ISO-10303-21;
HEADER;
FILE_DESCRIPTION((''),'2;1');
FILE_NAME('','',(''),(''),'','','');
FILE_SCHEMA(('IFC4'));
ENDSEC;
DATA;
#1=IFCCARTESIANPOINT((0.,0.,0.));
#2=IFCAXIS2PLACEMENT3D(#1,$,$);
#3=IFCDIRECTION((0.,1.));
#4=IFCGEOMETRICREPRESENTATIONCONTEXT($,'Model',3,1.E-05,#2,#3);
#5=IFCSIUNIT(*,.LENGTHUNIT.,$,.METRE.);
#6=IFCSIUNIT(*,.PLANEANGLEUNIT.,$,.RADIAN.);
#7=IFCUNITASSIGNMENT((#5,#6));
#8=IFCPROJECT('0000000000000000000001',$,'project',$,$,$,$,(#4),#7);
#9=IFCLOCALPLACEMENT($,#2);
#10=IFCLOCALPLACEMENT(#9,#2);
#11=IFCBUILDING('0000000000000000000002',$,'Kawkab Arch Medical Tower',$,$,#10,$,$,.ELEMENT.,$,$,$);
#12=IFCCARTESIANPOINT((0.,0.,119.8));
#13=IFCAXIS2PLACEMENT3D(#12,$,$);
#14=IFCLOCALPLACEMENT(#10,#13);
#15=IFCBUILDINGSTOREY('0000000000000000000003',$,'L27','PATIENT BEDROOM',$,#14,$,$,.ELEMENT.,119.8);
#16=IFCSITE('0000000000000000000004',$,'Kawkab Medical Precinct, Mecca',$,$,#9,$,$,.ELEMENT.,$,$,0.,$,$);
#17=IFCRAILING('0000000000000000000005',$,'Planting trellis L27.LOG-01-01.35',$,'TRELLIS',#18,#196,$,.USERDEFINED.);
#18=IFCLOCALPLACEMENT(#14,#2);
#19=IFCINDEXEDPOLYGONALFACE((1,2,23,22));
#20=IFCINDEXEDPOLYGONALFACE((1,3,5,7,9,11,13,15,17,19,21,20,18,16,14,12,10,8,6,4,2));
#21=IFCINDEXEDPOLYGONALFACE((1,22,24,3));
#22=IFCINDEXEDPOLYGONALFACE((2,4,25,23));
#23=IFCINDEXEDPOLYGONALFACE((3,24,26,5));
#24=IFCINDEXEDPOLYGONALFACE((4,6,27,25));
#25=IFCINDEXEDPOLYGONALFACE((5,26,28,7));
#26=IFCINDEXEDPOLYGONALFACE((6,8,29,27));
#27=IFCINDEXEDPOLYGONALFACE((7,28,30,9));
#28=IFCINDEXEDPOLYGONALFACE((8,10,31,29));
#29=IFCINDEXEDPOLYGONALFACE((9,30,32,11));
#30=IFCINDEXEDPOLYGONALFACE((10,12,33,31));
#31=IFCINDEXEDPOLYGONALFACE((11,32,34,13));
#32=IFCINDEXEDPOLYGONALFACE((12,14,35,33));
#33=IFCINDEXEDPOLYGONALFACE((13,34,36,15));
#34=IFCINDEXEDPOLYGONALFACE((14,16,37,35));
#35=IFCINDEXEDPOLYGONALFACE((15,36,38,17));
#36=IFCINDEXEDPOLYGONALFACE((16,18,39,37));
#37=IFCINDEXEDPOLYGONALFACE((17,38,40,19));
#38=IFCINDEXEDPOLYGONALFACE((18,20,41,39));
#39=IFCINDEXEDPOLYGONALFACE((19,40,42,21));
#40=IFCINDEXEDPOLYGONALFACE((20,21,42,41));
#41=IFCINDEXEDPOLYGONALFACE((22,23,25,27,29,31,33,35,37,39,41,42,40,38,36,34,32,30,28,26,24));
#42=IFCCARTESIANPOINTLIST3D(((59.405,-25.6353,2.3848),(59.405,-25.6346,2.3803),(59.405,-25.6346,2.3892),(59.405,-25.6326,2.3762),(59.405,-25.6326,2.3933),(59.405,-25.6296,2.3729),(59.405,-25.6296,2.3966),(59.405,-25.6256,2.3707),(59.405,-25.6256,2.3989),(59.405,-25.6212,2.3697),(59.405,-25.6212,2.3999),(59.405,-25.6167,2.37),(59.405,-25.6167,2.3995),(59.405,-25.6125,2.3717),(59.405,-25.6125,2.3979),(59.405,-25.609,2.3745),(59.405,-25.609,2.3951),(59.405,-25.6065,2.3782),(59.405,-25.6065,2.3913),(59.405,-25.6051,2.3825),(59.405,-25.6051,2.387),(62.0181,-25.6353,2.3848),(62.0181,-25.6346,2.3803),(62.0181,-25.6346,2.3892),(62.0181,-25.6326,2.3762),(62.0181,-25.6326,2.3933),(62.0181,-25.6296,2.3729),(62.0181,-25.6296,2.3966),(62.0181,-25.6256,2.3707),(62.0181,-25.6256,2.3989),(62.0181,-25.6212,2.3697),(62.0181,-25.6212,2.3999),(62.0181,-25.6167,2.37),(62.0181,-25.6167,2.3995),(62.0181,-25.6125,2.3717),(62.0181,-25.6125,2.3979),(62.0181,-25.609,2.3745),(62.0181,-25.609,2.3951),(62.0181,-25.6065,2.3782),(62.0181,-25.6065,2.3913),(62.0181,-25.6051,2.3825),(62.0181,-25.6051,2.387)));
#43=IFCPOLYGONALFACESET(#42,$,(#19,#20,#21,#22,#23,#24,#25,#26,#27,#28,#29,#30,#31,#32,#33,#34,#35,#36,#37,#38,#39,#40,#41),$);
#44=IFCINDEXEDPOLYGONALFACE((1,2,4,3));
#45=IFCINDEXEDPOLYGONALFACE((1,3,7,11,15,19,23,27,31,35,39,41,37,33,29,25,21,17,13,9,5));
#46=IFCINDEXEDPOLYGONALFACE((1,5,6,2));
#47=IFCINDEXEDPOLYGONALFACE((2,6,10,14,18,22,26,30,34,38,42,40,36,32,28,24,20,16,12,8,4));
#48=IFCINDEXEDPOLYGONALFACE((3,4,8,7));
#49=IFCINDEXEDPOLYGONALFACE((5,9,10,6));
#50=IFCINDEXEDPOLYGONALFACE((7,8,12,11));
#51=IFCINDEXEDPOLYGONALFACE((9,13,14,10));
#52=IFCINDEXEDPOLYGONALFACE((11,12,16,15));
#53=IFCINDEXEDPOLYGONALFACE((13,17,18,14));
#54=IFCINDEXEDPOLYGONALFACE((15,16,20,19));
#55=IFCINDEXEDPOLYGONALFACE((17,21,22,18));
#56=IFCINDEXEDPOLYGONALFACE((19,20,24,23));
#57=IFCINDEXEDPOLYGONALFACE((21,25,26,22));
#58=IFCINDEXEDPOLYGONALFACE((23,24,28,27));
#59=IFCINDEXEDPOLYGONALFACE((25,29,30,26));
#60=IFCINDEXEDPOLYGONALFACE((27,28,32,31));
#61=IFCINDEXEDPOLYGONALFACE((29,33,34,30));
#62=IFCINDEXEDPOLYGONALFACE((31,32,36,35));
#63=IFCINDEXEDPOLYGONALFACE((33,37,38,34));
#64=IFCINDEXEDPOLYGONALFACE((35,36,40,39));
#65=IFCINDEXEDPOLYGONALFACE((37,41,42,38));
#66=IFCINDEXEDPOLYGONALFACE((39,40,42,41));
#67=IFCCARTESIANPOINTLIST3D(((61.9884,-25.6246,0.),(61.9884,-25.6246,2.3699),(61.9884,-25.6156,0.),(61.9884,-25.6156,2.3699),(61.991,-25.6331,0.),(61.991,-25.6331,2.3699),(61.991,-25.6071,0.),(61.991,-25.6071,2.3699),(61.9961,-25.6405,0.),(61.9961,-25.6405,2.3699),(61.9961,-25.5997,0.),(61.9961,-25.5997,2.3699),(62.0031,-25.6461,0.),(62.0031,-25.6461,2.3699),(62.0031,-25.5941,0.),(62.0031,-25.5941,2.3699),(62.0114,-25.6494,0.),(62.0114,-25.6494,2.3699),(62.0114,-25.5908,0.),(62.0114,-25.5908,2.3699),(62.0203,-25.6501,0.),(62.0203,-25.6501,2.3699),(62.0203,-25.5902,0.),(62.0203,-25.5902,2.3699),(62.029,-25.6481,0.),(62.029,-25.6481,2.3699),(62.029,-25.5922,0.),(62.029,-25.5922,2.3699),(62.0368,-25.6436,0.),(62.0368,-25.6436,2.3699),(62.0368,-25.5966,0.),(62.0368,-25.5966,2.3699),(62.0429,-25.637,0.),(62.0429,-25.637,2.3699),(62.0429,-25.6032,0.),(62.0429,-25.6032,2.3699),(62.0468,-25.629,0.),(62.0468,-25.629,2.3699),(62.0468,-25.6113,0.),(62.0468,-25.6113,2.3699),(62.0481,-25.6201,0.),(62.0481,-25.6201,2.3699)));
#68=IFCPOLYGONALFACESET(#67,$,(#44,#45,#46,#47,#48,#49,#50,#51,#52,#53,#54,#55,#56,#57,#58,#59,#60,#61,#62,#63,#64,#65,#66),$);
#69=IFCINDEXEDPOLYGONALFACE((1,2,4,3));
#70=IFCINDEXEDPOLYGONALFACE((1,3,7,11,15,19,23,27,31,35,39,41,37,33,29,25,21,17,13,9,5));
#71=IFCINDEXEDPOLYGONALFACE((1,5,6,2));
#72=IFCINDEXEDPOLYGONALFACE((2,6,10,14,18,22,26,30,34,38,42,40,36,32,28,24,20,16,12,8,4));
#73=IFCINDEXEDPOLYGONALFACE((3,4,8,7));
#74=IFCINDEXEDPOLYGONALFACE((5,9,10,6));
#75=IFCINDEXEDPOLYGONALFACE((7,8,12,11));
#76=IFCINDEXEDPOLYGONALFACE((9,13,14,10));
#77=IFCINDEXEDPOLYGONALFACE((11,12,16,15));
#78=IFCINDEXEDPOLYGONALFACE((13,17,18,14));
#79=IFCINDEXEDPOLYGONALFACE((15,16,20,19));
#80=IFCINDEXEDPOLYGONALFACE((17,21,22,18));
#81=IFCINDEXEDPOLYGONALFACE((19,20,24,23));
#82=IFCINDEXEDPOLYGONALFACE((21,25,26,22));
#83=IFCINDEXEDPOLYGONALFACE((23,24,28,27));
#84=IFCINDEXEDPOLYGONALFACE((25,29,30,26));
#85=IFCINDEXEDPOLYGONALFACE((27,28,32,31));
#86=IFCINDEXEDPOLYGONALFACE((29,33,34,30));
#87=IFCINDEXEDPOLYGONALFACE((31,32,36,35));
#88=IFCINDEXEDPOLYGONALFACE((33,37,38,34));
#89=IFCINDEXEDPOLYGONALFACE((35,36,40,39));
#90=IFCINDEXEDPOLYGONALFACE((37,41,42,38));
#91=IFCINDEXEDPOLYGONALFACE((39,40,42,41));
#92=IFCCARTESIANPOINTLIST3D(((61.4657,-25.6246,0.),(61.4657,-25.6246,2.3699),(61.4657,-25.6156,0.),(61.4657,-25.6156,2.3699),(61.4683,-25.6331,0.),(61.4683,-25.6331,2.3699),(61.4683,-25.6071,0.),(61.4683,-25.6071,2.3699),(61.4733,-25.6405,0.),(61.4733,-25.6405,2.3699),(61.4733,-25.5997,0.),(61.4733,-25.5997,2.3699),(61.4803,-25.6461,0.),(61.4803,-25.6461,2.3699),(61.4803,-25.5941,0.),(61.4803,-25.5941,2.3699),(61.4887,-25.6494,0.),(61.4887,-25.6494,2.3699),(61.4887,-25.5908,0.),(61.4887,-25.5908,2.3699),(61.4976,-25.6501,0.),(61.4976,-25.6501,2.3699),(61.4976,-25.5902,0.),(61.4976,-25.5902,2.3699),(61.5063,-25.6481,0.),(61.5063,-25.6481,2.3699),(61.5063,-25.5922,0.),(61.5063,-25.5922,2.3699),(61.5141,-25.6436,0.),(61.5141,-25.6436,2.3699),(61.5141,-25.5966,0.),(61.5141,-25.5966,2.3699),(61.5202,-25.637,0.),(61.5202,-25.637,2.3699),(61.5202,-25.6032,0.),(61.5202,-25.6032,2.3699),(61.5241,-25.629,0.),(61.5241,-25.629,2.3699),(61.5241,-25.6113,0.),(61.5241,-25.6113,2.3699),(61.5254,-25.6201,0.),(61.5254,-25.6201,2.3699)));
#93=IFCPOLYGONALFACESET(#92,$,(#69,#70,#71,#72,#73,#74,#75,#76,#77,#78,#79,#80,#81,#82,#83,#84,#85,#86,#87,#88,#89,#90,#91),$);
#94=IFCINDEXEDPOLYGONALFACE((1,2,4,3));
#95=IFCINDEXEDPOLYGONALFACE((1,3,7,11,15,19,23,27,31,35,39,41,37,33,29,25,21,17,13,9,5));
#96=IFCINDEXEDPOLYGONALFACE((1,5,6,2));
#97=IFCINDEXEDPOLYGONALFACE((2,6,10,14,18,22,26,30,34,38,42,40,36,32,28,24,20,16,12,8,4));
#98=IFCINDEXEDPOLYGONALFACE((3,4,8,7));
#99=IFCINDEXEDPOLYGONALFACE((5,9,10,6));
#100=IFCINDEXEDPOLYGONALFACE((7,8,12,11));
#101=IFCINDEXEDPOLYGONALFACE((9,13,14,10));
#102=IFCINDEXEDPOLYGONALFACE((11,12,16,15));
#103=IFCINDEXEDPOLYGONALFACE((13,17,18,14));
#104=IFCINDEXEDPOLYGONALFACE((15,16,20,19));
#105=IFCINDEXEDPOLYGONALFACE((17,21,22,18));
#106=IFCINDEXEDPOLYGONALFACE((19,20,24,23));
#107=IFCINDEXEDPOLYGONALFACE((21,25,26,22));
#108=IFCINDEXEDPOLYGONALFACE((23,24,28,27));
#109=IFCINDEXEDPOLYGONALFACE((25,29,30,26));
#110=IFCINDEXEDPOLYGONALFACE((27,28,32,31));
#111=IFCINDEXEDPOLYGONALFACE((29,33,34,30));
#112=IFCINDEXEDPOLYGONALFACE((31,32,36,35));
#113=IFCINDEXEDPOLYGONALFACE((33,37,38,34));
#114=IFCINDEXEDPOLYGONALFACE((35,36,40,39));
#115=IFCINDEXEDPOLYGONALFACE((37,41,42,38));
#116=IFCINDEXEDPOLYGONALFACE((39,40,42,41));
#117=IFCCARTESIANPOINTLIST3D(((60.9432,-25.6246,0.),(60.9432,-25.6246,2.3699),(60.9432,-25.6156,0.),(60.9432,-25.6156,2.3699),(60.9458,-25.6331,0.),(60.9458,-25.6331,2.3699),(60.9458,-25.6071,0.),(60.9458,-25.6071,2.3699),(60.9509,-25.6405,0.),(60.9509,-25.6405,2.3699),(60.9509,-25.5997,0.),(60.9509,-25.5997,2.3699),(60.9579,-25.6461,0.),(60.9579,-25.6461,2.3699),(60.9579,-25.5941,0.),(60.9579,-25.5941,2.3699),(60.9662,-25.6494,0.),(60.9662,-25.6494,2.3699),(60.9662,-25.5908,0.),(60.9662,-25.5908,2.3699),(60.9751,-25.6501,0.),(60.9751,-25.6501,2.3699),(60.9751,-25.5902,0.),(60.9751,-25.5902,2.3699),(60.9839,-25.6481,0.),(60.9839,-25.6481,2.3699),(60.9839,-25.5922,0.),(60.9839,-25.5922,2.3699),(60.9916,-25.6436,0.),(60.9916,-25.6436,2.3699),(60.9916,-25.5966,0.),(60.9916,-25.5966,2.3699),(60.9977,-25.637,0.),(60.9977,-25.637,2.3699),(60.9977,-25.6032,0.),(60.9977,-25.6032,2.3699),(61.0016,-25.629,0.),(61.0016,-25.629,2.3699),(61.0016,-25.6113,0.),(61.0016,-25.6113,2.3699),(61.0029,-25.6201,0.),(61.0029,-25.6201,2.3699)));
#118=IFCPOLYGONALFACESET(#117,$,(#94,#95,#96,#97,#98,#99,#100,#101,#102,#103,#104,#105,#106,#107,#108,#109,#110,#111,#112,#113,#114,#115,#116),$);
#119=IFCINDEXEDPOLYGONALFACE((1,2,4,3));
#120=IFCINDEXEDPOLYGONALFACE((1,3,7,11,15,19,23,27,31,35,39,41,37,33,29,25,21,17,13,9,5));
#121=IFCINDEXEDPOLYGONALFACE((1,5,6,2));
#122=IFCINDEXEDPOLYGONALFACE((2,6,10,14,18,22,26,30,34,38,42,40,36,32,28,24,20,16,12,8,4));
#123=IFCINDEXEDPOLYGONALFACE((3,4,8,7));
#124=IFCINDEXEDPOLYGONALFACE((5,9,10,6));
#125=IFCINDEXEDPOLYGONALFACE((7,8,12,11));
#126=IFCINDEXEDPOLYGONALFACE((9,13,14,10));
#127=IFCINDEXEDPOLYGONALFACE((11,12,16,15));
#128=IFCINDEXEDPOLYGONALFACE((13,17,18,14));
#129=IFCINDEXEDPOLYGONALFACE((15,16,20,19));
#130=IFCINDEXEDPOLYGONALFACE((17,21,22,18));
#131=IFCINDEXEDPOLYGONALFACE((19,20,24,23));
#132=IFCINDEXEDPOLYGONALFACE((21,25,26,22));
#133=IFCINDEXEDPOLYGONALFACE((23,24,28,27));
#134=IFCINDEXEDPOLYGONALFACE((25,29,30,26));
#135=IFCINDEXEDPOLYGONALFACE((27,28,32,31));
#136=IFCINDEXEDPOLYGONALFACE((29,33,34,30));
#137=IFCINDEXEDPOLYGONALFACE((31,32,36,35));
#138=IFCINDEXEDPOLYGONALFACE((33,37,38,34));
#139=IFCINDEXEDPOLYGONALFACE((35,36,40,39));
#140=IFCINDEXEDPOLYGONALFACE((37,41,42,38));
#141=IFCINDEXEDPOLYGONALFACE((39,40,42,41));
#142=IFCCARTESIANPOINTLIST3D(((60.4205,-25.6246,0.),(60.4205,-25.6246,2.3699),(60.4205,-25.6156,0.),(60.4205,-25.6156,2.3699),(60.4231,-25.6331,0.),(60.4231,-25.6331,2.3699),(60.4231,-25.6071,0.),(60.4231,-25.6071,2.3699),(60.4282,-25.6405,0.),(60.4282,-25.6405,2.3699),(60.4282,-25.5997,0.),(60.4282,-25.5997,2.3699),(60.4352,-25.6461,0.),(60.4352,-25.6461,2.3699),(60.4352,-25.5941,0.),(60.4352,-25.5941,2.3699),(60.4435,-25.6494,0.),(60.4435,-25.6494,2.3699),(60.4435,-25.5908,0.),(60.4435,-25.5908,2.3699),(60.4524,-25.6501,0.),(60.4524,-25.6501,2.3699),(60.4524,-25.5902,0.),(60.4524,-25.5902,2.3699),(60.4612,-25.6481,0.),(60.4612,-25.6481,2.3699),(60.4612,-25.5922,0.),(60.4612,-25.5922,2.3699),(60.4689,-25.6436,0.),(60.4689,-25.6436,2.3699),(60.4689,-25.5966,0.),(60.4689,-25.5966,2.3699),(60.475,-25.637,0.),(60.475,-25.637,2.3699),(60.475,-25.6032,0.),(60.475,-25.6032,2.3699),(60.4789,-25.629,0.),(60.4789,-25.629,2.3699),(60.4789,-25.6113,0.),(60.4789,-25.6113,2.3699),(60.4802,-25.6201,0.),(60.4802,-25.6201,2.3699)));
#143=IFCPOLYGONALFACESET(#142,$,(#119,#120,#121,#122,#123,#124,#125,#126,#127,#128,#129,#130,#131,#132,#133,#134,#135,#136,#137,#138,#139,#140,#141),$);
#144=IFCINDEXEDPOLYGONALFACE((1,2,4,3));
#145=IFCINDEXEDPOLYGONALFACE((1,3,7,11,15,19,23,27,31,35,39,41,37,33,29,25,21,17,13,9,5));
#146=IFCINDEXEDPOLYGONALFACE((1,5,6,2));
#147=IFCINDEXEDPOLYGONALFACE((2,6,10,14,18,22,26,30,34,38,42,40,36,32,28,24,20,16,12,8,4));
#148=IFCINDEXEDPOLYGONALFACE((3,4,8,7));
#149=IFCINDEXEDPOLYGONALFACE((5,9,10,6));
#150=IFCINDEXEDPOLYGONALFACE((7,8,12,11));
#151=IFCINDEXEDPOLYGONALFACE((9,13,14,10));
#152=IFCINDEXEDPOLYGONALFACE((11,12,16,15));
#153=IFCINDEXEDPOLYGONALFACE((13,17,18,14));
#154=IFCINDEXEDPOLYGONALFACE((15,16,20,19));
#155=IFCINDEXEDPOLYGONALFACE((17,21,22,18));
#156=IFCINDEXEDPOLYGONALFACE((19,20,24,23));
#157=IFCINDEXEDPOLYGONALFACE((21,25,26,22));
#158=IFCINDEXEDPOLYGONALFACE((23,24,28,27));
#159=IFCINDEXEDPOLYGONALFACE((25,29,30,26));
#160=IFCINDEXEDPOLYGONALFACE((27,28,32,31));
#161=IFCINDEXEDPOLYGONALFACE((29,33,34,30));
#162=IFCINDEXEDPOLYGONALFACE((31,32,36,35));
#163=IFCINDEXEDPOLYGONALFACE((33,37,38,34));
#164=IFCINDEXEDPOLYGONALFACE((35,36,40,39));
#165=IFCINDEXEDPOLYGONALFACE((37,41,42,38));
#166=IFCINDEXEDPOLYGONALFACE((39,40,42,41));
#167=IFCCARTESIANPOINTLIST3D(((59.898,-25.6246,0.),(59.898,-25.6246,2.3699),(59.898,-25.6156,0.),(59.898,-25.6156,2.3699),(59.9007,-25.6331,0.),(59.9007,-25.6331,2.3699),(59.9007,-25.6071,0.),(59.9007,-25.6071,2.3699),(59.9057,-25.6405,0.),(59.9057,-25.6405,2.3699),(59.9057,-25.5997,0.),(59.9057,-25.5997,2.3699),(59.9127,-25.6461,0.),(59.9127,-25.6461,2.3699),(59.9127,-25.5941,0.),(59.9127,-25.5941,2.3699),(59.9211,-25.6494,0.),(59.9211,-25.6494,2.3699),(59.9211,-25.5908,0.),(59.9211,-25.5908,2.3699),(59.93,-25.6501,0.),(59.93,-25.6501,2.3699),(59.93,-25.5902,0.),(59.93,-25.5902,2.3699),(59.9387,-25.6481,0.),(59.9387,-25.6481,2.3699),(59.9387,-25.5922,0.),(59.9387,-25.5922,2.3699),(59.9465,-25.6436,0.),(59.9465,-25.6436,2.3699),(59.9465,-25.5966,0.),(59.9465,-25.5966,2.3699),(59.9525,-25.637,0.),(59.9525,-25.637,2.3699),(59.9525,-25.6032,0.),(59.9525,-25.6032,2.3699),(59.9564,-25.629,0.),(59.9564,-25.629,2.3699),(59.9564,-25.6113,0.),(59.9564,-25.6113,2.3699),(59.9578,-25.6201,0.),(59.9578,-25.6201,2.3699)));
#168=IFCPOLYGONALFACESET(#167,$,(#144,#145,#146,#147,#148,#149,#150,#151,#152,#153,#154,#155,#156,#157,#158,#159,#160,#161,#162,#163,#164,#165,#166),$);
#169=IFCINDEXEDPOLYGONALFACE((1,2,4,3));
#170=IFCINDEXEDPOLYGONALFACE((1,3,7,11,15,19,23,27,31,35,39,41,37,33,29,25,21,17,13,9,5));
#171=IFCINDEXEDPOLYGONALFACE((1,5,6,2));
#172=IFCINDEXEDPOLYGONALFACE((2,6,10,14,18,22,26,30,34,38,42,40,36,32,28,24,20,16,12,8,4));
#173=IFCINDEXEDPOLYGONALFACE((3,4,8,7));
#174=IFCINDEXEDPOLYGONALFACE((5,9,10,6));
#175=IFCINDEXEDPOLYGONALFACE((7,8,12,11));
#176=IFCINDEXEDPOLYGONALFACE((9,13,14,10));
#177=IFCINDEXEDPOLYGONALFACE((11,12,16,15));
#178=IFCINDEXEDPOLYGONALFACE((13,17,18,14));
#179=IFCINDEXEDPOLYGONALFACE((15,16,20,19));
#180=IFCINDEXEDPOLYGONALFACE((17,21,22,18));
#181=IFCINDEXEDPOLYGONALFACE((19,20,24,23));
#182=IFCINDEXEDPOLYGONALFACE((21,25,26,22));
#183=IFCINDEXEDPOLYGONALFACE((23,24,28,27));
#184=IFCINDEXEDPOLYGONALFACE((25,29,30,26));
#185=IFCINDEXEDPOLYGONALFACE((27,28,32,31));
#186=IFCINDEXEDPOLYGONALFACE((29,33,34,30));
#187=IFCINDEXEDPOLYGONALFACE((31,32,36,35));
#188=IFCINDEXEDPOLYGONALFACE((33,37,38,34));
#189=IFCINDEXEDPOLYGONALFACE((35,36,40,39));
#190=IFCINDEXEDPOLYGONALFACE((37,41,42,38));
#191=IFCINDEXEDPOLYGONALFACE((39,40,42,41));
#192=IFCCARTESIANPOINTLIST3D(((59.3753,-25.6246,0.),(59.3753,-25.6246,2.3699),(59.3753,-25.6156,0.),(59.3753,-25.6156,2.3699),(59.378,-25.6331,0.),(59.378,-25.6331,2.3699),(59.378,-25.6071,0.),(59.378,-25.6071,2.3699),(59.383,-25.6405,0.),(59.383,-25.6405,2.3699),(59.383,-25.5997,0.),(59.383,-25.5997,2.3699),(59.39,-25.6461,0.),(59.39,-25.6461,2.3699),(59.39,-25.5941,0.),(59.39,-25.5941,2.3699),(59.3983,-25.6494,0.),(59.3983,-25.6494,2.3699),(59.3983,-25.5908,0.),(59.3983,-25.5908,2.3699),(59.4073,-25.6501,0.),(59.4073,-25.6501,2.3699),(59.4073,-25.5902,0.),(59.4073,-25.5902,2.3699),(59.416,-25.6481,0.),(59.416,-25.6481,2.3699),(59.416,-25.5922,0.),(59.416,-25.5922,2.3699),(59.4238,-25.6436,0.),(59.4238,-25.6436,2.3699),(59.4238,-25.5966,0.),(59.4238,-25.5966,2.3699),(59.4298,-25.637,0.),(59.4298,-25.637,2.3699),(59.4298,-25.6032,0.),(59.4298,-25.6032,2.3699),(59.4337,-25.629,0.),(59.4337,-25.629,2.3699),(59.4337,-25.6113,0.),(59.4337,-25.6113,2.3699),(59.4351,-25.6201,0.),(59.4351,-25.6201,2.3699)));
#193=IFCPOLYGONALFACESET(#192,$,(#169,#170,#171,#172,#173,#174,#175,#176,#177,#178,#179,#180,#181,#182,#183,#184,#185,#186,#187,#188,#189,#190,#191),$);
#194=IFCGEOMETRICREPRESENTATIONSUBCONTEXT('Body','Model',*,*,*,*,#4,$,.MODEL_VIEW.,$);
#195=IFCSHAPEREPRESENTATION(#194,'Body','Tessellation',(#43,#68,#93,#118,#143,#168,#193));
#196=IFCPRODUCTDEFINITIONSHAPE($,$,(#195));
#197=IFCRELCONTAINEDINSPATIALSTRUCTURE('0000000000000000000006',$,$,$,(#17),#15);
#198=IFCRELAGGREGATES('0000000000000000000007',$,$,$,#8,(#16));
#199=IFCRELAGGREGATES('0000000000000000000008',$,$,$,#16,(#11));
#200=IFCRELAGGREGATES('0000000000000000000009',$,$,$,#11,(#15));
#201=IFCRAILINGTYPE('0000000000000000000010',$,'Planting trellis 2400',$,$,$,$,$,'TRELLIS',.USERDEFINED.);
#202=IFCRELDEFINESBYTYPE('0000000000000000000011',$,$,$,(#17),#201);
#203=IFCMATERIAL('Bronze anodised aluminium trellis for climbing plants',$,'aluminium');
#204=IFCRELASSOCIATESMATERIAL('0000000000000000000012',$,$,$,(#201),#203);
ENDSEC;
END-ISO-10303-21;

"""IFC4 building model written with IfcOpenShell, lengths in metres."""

from ifc_helpers import new_model, si_unit, direction, frame, origin, origin_2d, place, context, subcontext, project, spatial, circle, extrude, material, type_object, element, save


model = new_model("IFC4")

# Units and contexts
model_context = context("Model", 3, precision=1e-05, world=origin(), true_north=direction((0.0, 1.0)))
body_context = subcontext(model_context, "Body", "Model", "MODEL_VIEW")
ifc_project = project(units=[si_unit("LENGTHUNIT", "METRE"), si_unit("PLANEANGLEUNIT", "RADIAN")], contexts=[model_context])

# Site, building, storey
site_placement = place(None, origin())
site = spatial("IfcSite", under=ifc_project, at=site_placement, Name="Kawkab Medical Precinct, Mecca", CompositionType="ELEMENT", RefElevation=0.0)
building_placement = place(site_placement, origin())
building = spatial("IfcBuilding", under=site, at=building_placement, Name="Kawkab Arch Medical Tower", CompositionType="ELEMENT")
storey_placement = place(building_placement, frame((0.0, 0.0, 119.8)))
storey = spatial("IfcBuildingStorey", under=building, at=storey_placement, Name="L27", Description="PATIENT BEDROOM", CompositionType="ELEMENT", Elevation=119.8)

# Railing
ifc_material_1 = material(Name="Bronze anodised aluminium trellis for climbing plants", Category="aluminium")
railing_type = type_object("IfcRailingType", Name="Planting trellis 2400", ElementType="TRELLIS", PredefinedType="USERDEFINED", material=ifc_material_1)
railing_1_placement = place(storey_placement, frame((62.0181, -25.6201, 0.0)))
element("IfcRailing", 1, at=railing_1_placement, inside=storey, type_object=railing_type, Name="Planting trellis L27.LOG-01-01.35", ObjectType="TRELLIS", PredefinedType="USERDEFINED", context=body_context, shape_type="SweptSolid", body=[
    extrude(circle(Radius=0.0151, at=origin_2d()), frame((0.0, 0.0, 2.3848), z_axis=(-1.0, 0.0, 0.0), x_axis=(0.0, -1.0, 0.0)), (0.0, 0.0, 1.0), 2.613),
    extrude(circle(Radius=0.03, at=origin_2d()), origin(), (0.0, 0.0, 1.0), 2.3699),
    extrude(circle(Radius=0.03, at=origin_2d()), frame((-0.5227, 0.0, 0.0)), (0.0, 0.0, 1.0), 2.3699),
    extrude(circle(Radius=0.03, at=origin_2d()), frame((-1.0452, 0.0, 0.0)), (0.0, 0.0, 1.0), 2.3699),
    extrude(circle(Radius=0.03, at=origin_2d()), frame((-1.5679, 0.0, 0.0)), (0.0, 0.0, 1.0), 2.3699),
    extrude(circle(Radius=0.03, at=origin_2d()), frame((-2.0903, 0.0, 0.0)), (0.0, 0.0, 1.0), 2.3699),
    extrude(circle(Radius=0.03, at=origin_2d()), frame((-2.613, 0.0, 0.0)), (0.0, 0.0, 1.0), 2.3699),
])

save(model, "model.ifc")
